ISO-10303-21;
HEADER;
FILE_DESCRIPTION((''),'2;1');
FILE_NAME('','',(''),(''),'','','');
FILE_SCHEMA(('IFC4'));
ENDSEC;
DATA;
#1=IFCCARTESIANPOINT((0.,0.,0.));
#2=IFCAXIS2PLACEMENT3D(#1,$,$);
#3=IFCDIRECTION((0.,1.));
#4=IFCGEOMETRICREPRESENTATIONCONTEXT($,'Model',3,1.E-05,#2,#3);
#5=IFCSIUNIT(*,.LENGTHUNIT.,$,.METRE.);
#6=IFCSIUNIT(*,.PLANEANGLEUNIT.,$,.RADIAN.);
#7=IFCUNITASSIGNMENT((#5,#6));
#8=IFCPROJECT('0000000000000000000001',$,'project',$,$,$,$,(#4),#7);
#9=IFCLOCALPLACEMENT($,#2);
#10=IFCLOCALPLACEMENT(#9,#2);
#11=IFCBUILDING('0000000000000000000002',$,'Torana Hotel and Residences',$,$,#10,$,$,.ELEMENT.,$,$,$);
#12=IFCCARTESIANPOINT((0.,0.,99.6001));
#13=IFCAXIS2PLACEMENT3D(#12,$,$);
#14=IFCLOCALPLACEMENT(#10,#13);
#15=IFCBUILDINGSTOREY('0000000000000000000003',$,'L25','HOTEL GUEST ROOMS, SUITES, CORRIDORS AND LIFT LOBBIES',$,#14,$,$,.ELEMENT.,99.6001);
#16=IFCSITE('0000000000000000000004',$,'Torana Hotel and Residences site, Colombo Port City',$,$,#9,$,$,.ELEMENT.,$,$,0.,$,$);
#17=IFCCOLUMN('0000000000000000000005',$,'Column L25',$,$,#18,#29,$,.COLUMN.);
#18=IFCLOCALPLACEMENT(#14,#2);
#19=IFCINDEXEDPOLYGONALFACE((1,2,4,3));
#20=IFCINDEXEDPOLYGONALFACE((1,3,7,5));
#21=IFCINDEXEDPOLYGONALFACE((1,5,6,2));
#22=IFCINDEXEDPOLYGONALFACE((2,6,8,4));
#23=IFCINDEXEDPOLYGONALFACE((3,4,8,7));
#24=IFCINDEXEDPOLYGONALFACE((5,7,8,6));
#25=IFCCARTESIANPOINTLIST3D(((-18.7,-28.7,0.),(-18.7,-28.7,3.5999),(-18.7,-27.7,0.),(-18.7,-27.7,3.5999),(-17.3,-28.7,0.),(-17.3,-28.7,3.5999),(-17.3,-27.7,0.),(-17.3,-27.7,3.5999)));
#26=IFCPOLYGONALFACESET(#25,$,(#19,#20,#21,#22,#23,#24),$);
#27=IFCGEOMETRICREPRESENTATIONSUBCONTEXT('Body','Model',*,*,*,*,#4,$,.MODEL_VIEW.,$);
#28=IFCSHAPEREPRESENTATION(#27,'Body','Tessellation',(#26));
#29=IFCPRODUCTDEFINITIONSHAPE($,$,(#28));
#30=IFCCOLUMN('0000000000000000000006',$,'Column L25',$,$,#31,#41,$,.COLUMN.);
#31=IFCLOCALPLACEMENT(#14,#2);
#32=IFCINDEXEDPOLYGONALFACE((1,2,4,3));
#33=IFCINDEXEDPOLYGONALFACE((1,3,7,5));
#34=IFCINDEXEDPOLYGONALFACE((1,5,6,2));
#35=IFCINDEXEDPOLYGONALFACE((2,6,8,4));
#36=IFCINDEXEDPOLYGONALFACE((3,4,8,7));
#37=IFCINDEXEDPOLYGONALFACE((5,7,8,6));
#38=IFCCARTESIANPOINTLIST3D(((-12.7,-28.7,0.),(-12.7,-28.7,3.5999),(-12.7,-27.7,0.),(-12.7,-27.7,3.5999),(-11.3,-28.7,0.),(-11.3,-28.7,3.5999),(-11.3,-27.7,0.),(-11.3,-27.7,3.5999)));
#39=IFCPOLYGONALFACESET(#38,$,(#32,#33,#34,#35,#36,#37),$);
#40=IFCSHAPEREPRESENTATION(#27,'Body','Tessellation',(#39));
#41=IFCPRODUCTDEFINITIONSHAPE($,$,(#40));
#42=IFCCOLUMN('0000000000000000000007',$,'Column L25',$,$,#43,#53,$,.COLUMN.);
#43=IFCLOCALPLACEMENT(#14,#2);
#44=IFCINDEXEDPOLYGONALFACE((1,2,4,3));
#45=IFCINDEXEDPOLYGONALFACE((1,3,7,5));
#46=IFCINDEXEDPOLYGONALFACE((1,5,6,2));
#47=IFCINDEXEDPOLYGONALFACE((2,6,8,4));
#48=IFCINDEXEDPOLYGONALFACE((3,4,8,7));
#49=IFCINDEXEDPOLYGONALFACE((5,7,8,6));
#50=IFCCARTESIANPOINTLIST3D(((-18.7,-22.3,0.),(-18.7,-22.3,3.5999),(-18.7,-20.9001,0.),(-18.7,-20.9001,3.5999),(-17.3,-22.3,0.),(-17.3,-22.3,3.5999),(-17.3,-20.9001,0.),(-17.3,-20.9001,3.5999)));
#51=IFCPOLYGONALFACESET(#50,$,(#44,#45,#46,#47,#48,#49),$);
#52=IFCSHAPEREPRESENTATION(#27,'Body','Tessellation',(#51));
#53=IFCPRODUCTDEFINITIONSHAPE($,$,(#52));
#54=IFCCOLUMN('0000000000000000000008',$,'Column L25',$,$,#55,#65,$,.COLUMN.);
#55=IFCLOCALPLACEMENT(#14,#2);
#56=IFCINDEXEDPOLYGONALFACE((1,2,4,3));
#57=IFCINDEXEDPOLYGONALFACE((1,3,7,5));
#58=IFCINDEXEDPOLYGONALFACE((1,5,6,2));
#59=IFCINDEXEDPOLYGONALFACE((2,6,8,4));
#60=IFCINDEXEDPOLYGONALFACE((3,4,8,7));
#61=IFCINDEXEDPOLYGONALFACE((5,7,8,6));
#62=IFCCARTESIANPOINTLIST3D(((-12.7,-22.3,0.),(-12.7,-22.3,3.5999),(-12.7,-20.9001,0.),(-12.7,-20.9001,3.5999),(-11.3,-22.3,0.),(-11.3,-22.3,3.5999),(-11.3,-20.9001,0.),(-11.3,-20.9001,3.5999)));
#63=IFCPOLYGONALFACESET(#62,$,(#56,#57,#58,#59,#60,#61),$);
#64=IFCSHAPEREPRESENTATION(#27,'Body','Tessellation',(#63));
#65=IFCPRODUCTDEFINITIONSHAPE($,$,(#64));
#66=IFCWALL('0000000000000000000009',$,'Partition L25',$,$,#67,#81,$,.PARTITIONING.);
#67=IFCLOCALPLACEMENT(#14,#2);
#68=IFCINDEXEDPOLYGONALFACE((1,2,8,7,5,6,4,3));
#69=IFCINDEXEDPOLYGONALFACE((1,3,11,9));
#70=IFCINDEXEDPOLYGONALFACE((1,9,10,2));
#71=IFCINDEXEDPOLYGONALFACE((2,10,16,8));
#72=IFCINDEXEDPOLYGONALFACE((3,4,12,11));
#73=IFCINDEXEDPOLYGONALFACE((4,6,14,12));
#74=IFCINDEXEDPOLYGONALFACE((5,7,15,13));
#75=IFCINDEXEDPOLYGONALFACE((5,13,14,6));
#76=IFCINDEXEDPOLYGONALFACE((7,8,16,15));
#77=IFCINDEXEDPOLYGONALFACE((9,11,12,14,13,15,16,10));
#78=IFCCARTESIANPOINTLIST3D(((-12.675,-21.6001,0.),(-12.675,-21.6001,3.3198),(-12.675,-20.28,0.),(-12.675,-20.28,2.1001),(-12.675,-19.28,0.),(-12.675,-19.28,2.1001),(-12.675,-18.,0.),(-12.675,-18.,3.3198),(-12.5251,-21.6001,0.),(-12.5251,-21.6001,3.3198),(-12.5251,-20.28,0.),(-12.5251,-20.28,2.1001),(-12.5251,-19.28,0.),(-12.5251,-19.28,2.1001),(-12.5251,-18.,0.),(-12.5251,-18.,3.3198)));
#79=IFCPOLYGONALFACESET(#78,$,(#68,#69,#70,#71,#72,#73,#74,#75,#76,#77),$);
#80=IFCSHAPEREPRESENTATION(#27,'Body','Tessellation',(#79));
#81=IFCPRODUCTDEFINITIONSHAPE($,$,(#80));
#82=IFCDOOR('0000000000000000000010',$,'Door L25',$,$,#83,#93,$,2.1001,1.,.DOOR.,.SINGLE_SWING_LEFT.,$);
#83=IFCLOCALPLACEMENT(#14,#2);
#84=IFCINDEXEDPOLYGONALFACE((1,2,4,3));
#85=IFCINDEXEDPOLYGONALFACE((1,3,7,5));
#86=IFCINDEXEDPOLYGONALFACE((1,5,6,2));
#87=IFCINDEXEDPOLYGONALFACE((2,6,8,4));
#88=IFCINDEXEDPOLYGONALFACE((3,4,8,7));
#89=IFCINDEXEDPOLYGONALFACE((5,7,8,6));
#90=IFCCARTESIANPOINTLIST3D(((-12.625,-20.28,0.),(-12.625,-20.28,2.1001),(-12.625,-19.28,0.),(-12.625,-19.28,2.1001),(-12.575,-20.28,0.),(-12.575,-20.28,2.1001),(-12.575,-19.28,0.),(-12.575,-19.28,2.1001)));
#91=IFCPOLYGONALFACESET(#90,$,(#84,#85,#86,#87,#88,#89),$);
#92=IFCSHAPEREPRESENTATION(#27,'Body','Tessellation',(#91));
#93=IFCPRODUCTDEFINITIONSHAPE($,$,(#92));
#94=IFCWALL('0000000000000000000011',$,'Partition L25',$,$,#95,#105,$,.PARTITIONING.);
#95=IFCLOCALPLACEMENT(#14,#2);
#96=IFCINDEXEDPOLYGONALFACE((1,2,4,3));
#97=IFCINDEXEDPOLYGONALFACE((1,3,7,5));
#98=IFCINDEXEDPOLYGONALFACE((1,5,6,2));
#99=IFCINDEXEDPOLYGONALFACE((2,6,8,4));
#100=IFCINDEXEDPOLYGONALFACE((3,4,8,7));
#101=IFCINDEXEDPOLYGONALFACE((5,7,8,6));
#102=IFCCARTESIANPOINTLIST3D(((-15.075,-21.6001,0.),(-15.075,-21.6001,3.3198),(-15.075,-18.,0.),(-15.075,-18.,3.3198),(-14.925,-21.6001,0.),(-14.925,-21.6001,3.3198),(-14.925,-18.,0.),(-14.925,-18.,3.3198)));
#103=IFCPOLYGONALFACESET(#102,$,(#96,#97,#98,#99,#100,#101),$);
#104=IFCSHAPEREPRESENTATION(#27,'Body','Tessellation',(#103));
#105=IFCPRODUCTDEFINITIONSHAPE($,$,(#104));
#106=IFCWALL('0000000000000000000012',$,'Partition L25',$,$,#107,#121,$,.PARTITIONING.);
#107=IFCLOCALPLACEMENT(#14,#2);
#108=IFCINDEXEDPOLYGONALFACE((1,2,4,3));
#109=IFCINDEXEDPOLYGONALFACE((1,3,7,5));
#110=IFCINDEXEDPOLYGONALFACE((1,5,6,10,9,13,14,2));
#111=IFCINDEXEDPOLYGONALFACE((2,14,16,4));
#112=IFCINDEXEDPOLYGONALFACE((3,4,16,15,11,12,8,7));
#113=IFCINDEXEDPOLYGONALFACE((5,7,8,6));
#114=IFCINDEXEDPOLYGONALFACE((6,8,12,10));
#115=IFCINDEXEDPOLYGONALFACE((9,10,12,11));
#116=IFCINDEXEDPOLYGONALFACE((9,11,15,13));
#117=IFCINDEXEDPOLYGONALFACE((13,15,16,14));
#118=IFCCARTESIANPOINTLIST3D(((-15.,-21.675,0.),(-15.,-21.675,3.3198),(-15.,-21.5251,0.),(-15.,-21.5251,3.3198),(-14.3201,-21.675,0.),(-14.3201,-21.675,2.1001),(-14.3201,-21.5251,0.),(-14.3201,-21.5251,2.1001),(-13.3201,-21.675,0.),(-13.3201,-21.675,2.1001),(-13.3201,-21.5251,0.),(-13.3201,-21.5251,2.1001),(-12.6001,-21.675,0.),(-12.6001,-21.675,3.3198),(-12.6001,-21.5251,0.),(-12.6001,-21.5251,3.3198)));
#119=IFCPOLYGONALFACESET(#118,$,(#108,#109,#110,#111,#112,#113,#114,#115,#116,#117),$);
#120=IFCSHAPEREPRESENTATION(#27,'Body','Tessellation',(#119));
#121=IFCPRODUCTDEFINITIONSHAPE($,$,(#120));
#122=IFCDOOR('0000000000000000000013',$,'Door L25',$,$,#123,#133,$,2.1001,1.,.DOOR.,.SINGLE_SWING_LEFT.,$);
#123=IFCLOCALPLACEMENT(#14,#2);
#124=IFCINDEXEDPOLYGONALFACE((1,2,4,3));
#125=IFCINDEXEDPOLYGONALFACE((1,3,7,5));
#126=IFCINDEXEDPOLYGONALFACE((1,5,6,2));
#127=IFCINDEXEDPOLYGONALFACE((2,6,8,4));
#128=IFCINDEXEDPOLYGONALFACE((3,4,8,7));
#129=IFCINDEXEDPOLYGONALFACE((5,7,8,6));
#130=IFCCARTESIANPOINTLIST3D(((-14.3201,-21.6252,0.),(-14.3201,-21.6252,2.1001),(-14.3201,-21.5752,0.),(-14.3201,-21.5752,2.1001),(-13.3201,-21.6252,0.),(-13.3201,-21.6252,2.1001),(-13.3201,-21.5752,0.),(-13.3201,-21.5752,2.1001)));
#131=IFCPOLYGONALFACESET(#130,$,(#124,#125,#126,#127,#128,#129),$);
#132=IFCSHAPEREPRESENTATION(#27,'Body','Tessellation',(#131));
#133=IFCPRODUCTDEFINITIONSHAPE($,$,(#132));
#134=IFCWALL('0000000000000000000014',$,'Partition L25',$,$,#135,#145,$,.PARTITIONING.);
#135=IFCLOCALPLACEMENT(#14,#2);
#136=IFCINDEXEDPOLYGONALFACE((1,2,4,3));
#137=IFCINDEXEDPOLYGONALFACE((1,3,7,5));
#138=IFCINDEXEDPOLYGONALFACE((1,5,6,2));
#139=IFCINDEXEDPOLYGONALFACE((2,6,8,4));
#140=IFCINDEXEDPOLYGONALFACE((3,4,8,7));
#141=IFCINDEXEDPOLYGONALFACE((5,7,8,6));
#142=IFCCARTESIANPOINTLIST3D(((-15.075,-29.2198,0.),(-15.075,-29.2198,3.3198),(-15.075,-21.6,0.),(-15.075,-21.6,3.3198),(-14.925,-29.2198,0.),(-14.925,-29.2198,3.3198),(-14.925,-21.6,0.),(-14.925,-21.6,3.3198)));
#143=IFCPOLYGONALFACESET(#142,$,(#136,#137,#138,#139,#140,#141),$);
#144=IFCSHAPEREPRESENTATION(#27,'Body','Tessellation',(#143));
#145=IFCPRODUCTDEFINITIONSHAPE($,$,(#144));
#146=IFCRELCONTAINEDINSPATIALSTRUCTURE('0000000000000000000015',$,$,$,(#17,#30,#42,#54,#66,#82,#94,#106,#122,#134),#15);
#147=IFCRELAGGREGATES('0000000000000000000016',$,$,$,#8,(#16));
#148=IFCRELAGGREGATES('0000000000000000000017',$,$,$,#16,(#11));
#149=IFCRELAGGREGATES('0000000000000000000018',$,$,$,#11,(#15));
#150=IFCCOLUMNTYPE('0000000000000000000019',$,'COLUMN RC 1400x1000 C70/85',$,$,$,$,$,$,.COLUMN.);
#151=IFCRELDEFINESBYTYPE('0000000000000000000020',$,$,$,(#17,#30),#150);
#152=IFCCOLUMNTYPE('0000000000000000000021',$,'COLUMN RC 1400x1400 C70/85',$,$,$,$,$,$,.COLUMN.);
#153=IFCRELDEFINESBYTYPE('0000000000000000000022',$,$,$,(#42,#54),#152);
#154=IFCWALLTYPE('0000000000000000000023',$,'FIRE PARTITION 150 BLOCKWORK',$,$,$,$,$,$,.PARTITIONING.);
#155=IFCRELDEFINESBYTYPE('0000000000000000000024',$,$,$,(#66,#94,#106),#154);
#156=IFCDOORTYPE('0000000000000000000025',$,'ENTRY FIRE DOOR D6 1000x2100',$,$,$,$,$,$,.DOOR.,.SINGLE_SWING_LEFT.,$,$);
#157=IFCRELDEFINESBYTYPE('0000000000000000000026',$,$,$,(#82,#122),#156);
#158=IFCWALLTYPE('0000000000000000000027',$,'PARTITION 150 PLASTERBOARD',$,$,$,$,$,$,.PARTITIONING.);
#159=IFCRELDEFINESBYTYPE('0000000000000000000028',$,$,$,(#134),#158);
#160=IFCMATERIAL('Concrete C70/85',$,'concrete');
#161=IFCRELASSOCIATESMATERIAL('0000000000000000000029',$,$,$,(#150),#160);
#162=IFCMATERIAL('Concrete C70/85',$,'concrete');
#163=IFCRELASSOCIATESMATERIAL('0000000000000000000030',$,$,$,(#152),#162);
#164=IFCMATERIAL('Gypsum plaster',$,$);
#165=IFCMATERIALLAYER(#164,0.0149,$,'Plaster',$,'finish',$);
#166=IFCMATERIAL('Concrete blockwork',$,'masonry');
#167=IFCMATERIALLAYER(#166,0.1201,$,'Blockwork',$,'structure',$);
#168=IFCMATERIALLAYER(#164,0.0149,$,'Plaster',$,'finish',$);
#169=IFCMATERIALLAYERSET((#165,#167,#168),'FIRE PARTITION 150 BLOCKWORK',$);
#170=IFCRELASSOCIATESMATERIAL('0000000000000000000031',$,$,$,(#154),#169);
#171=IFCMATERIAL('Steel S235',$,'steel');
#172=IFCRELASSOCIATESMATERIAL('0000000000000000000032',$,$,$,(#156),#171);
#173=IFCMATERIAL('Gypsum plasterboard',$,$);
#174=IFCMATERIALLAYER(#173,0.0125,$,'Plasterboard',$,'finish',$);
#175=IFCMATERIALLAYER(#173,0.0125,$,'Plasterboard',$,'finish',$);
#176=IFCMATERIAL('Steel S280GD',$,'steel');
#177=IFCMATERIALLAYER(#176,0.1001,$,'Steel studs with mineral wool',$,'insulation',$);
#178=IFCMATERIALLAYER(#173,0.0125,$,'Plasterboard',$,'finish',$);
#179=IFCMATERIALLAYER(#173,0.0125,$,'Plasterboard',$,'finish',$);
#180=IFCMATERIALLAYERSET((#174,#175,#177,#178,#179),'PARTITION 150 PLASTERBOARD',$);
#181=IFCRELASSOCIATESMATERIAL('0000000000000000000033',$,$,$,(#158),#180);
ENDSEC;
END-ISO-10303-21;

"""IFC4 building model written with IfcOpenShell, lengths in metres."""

from ifc_helpers import new_model, si_unit, direction, frame, frame_2d, origin, origin_2d, place, context, subcontext, project, spatial, rectangle, extrude, material, layer, layer_set, material_profile, profile_set, type_object, element, fill, save


model = new_model("IFC4")

# Units and contexts
model_context = context("Model", 3, precision=1e-05, world=origin(), true_north=direction((0.0, 1.0)))
body_context = subcontext(model_context, "Body", "Model", "MODEL_VIEW")
ifc_project = project(units=[si_unit("LENGTHUNIT", "METRE"), si_unit("PLANEANGLEUNIT", "RADIAN")], contexts=[model_context])

# Site, building, storey
site_placement = place(None, origin())
site = spatial("IfcSite", under=ifc_project, at=site_placement, Name="Torana Hotel and Residences site, Colombo Port City", CompositionType="ELEMENT", RefElevation=0.0)
building_placement = place(site_placement, origin())
building = spatial("IfcBuilding", under=site, at=building_placement, Name="Torana Hotel and Residences", CompositionType="ELEMENT")
storey_placement = place(building_placement, frame((0.0, 0.0, 99.6001)))
storey = spatial("IfcBuildingStorey", under=building, at=storey_placement, Name="L25", Description="HOTEL GUEST ROOMS, SUITES, CORRIDORS AND LIFT LOBBIES", CompositionType="ELEMENT", Elevation=99.6001)

# Columns
ifc_material_1 = material(Name="Concrete C70/85", Category="concrete")
ifc_material_profile_1 = material_profile(ifc_material_1, rectangle(XDim=1.3999, YDim=1.0, at=origin_2d()), Name="RC 1400x1000")
ifc_profile_set_1 = profile_set([ifc_material_profile_1], Name="Concrete C70/85")
column_type_1 = type_object("IfcColumnType", Name="COLUMN RC 1400x1000 C70/85", PredefinedType="COLUMN", material=ifc_profile_set_1)
for number, where, z_axis, x_axis, name in (
    (1, (-18.0, -28.2, 0.0), (0.0, 0.0, 1.0), (1.0, 0.0, 0.0), "Column L25"),
    (2, (-12.0, -28.2, 0.0), (0.0, 0.0, 1.0), (1.0, 0.0, 0.0), "Column L25"),
):
    element("IfcColumn", number, at=place(storey_placement, frame(where, z_axis=z_axis, x_axis=x_axis)), inside=storey, type_object=column_type_1, Name=name, PredefinedType="COLUMN", context=body_context, shape_type="SweptSolid", body=[
        extrude(rectangle(XDim=1.3999, YDim=1.0, at=origin_2d()), origin(), (0.0, 0.0, 1.0), 3.5999),
    ])
ifc_material_2 = material(Name="Concrete C70/85", Category="concrete")
ifc_material_profile_2 = material_profile(ifc_material_2, rectangle(XDim=1.3999, YDim=1.3999, at=origin_2d()), Name="RC 1400x1400")
ifc_profile_set_2 = profile_set([ifc_material_profile_2], Name="Concrete C70/85")
column_type_2 = type_object("IfcColumnType", Name="COLUMN RC 1400x1400 C70/85", PredefinedType="COLUMN", material=ifc_profile_set_2)
for number, where, z_axis, x_axis, name in (
    (3, (-18.0, -21.6001, 0.0), (0.0, 0.0, 1.0), (1.0, 0.0, 0.0), "Column L25"),
    (4, (-12.0, -21.6001, 0.0), (0.0, 0.0, 1.0), (1.0, 0.0, 0.0), "Column L25"),
):
    element("IfcColumn", number, at=place(storey_placement, frame(where, z_axis=z_axis, x_axis=x_axis)), inside=storey, type_object=column_type_2, Name=name, PredefinedType="COLUMN", context=body_context, shape_type="SweptSolid", body=[
        extrude(rectangle(XDim=1.3999, YDim=1.3999, at=origin_2d()), origin(), (0.0, 0.0, 1.0), 3.5999),
    ])

# Wall, opening, door
ifc_material_3 = material(Name="Gypsum plaster")
ifc_layer_1 = layer(ifc_material_3, 0.0149, Name="Plaster", Category="finish")
ifc_material_4 = material(Name="Concrete blockwork", Category="masonry")
ifc_layer_2 = layer(ifc_material_4, 0.1201, Name="Blockwork", Category="structure")
ifc_layer_3 = layer(ifc_material_3, 0.0149, Name="Plaster", Category="finish")
ifc_layer_set_1 = layer_set([ifc_layer_1, ifc_layer_2, ifc_layer_3], Name="FIRE PARTITION 150 BLOCKWORK")
wall_type_1 = type_object("IfcWallType", Name="FIRE PARTITION 150 BLOCKWORK", PredefinedType="PARTITIONING", material=ifc_layer_set_1)
wall_1_placement = place(storey_placement, frame((-12.6001, -21.6001, 0.0), z_axis=(0.0, 0.0, 1.0), x_axis=(0.0, 1.0, 0.0)))
wall_1 = element("IfcWall", 5, at=wall_1_placement, inside=storey, type_object=wall_type_1, Name="Partition L25", PredefinedType="PARTITIONING", context=body_context, shape_type="SweptSolid", body=[
    extrude(rectangle(XDim=3.6001, YDim=0.1499, at=frame_2d((1.8, 0.0))), origin(), (0.0, 0.0, 1.0), 3.3198),
])
opening_1_placement = place(wall_1_placement, frame((1.3201, 0.0, 0.0)))
opening_1 = element("IfcOpeningElement", 6, at=opening_1_placement, cuts=wall_1, PredefinedType="OPENING", context=body_context, shape_type="SweptSolid", body=[
    extrude(rectangle(XDim=1.0, YDim=2.1001, at=frame_2d((0.5, 1.05))), frame((0.0, 0.085, 0.0), z_axis=(0.0, -1.0, 0.0), x_axis=(1.0, 0.0, 0.0)), (0.0, 0.0, 1.0), 0.1699),
])
ifc_material_5 = material(Name="Steel S235", Category="steel")
door_type_1 = type_object("IfcDoorType", Name="ENTRY FIRE DOOR D6 1000x2100", OperationType="SINGLE_SWING_LEFT", PredefinedType="DOOR", material=ifc_material_5)
door_1_placement = place(opening_1_placement, frame((0.5, 0.0, 0.0), z_axis=(0.0, 0.0, 1.0), x_axis=(-1.0, 0.0, 0.0)))
door_1 = element("IfcDoor", 7, at=door_1_placement, inside=storey, type_object=door_type_1, Name="Door L25", OperationType="SINGLE_SWING_LEFT", OverallHeight=2.1001, OverallWidth=1.0, PredefinedType="DOOR", context=body_context, shape_type="SweptSolid", body=[
    extrude(rectangle(XDim=1.0, YDim=2.1001, at=frame_2d((0.0, 1.05))), frame((0.0, -0.0249, 0.0), z_axis=(0.0, 1.0, 0.0), x_axis=(-1.0, 0.0, 0.0)), (0.0, 0.0, 1.0), 0.05),
])
fill(opening_1, door_1)

# Wall
wall_2_placement = place(storey_placement, frame((-15.0, -21.6001, 0.0), z_axis=(0.0, 0.0, 1.0), x_axis=(0.0, 1.0, 0.0)))
element("IfcWall", 8, at=wall_2_placement, inside=storey, type_object=wall_type_1, Name="Partition L25", PredefinedType="PARTITIONING", context=body_context, shape_type="SweptSolid", body=[
    extrude(rectangle(XDim=3.6001, YDim=0.1499, at=frame_2d((1.8, 0.0))), origin(), (0.0, 0.0, 1.0), 3.3198),
])

# Wall, opening, door
wall_3_placement = place(storey_placement, frame((-15.0, -21.6001, 0.0), z_axis=(0.0, 0.0, 1.0), x_axis=(1.0, 0.0, 0.0)))
wall_3 = element("IfcWall", 9, at=wall_3_placement, inside=storey, type_object=wall_type_1, Name="Partition L25", PredefinedType="PARTITIONING", context=body_context, shape_type="SweptSolid", body=[
    extrude(rectangle(XDim=2.3999, YDim=0.1499, at=frame_2d((1.2, 0.0))), origin(), (0.0, 0.0, 1.0), 3.3198),
])
opening_2_placement = place(wall_3_placement, frame((0.6799, 0.0, 0.0)))
opening_2 = element("IfcOpeningElement", 10, at=opening_2_placement, cuts=wall_3, PredefinedType="OPENING", context=body_context, shape_type="SweptSolid", body=[
    extrude(rectangle(XDim=1.0, YDim=2.1001, at=frame_2d((0.5, 1.05))), frame((0.0, 0.085, 0.0), z_axis=(0.0, -1.0, 0.0), x_axis=(1.0, 0.0, 0.0)), (0.0, 0.0, 1.0), 0.1699),
])
door_2_placement = place(opening_2_placement, frame((0.5, 0.0, 0.0), z_axis=(0.0, 0.0, 1.0), x_axis=(-1.0, 0.0, 0.0)))
door_2 = element("IfcDoor", 11, at=door_2_placement, inside=storey, type_object=door_type_1, Name="Door L25", OperationType="SINGLE_SWING_LEFT", OverallHeight=2.1001, OverallWidth=1.0, PredefinedType="DOOR", context=body_context, shape_type="SweptSolid", body=[
    extrude(rectangle(XDim=1.0, YDim=2.1001, at=frame_2d((0.0, 1.05))), frame((0.0, -0.0249, 0.0), z_axis=(0.0, 1.0, 0.0), x_axis=(-1.0, 0.0, 0.0)), (0.0, 0.0, 1.0), 0.05),
])
fill(opening_2, door_2)

# Wall
ifc_material_6 = material(Name="Gypsum plasterboard")
ifc_layer_4 = layer(ifc_material_6, 0.0125, Name="Plasterboard", Category="finish")
ifc_layer_5 = layer(ifc_material_6, 0.0125, Name="Plasterboard", Category="finish")
ifc_material_7 = material(Name="Steel S280GD", Category="steel")
ifc_layer_6 = layer(ifc_material_7, 0.1001, Name="Steel studs with mineral wool", Category="insulation")
ifc_layer_7 = layer(ifc_material_6, 0.0125, Name="Plasterboard", Category="finish")
ifc_layer_8 = layer(ifc_material_6, 0.0125, Name="Plasterboard", Category="finish")
ifc_layer_set_2 = layer_set([ifc_layer_4, ifc_layer_5, ifc_layer_6, ifc_layer_7, ifc_layer_8], Name="PARTITION 150 PLASTERBOARD")
wall_type_2 = type_object("IfcWallType", Name="PARTITION 150 PLASTERBOARD", PredefinedType="PARTITIONING", material=ifc_layer_set_2)
wall_4_placement = place(storey_placement, frame((-15.0, -29.22, 0.0), z_axis=(0.0, 0.0, 1.0), x_axis=(0.0, 1.0, 0.0)))
element("IfcWall", 12, at=wall_4_placement, inside=storey, type_object=wall_type_2, Name="Partition L25", PredefinedType="PARTITIONING", context=body_context, shape_type="SweptSolid", body=[
    extrude(rectangle(XDim=7.6199, YDim=0.1499, at=frame_2d((3.8101, 0.0))), origin(), (0.0, 0.0, 1.0), 3.3198),
])

save(model, "model.ifc")
